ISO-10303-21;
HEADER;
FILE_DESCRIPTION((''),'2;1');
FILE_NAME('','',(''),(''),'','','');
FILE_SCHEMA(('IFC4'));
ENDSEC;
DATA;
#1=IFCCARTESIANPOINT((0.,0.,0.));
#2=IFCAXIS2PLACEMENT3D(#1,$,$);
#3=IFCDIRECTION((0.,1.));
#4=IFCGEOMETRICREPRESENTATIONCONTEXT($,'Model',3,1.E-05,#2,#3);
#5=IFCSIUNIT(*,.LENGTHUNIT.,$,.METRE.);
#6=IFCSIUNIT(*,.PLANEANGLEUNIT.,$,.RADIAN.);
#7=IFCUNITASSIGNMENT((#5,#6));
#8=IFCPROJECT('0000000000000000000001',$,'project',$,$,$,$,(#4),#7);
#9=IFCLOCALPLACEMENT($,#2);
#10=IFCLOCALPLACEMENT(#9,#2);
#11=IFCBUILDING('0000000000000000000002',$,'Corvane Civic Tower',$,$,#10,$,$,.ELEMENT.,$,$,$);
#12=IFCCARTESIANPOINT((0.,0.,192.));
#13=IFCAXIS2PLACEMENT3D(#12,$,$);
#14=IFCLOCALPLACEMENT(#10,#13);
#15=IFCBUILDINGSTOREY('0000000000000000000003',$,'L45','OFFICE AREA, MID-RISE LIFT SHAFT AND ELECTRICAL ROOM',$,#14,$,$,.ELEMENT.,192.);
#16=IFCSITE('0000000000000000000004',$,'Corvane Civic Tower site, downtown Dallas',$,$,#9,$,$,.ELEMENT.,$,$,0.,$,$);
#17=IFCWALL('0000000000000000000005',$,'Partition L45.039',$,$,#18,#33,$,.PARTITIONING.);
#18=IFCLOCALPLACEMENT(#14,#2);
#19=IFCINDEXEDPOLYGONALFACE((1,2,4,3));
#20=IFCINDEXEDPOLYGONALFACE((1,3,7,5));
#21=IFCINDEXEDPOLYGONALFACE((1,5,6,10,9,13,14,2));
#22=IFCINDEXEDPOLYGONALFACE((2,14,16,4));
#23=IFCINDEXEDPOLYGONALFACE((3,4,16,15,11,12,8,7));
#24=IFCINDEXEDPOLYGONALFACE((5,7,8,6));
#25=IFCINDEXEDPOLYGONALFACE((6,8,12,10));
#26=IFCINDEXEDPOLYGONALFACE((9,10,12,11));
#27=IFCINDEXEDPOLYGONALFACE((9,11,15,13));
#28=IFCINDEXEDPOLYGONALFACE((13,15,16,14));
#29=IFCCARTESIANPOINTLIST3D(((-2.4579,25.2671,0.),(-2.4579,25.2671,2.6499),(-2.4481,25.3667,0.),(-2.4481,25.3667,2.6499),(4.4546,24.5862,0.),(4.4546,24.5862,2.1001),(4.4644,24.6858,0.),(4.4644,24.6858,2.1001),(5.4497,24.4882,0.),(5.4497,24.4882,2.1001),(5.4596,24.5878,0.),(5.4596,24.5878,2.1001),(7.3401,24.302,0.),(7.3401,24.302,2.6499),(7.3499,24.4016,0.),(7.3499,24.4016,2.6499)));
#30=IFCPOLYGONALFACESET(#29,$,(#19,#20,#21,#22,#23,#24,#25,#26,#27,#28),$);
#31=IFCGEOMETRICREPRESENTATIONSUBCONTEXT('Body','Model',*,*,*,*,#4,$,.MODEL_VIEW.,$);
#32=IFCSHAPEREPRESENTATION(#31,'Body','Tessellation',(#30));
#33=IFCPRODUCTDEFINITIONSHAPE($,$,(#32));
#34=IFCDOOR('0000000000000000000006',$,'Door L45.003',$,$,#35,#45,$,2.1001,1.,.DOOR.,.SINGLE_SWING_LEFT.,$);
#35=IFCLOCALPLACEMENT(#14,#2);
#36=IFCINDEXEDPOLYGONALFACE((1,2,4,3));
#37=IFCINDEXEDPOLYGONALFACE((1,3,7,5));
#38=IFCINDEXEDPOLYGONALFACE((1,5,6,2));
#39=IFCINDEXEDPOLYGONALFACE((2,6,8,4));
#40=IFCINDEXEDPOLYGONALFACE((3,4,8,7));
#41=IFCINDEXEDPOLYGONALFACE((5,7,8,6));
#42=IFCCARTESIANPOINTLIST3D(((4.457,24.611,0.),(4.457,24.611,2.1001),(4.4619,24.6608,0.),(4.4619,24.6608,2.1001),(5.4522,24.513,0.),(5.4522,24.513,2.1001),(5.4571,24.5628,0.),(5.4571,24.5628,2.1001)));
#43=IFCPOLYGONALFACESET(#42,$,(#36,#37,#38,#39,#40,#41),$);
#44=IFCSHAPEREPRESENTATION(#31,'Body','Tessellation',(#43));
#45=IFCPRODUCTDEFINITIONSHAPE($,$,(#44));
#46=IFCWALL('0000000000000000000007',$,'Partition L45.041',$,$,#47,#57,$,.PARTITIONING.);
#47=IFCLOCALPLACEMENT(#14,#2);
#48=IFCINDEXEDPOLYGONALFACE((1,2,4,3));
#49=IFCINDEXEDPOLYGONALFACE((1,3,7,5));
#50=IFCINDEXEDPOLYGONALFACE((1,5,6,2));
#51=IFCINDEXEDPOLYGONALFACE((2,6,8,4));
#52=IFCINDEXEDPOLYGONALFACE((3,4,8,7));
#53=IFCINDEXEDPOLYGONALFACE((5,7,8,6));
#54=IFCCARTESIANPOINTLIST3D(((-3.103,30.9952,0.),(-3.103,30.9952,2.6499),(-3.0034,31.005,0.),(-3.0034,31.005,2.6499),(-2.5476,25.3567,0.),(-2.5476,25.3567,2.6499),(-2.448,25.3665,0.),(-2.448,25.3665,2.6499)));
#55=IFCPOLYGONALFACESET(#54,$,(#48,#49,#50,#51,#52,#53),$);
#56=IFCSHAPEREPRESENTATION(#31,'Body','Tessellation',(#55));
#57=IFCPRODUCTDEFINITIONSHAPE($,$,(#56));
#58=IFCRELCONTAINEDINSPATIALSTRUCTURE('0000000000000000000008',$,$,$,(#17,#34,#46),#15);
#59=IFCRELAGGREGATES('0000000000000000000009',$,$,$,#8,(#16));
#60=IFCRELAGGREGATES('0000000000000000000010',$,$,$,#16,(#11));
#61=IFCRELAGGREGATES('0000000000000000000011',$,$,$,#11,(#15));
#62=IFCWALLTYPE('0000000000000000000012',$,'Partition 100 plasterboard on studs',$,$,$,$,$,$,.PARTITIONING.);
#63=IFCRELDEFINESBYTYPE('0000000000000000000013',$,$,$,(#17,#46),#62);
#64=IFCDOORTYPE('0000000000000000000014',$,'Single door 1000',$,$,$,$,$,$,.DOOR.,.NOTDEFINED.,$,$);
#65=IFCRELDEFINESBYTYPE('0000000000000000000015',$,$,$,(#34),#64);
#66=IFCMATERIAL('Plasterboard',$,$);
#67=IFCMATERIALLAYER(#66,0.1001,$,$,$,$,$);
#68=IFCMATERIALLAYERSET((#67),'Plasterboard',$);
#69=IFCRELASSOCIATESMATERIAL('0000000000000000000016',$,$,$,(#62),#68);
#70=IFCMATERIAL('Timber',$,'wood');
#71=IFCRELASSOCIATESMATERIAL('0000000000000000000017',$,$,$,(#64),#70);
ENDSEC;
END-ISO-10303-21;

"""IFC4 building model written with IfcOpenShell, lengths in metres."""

from ifc_helpers import new_model, si_unit, direction, frame, frame_2d, origin, place, context, subcontext, project, spatial, rectangle, extrude, material, layer, layer_set, type_object, element, fill, save


model = new_model("IFC4")

# Units and contexts
model_context = context("Model", 3, precision=1e-05, world=origin(), true_north=direction((0.0, 1.0)))
body_context = subcontext(model_context, "Body", "Model", "MODEL_VIEW")
ifc_project = project(units=[si_unit("LENGTHUNIT", "METRE"), si_unit("PLANEANGLEUNIT", "RADIAN")], contexts=[model_context])

# Site, building, storey
site_placement = place(None, origin())
site = spatial("IfcSite", under=ifc_project, at=site_placement, Name="Corvane Civic Tower site, downtown Dallas", CompositionType="ELEMENT", RefElevation=0.0)
building_placement = place(site_placement, origin())
building = spatial("IfcBuilding", under=site, at=building_placement, Name="Corvane Civic Tower", CompositionType="ELEMENT")
storey_placement = place(building_placement, frame((0.0, 0.0, 192.0)))
storey = spatial("IfcBuildingStorey", under=building, at=storey_placement, Name="L45", Description="OFFICE AREA, MID-RISE LIFT SHAFT AND ELECTRICAL ROOM", CompositionType="ELEMENT", Elevation=192.0)

# Wall, opening, door
ifc_material_1 = material(Name="Plasterboard")
ifc_layer_1 = layer(ifc_material_1, 0.1001)
ifc_layer_set_1 = layer_set([ifc_layer_1], Name="Plasterboard")
wall_type_1 = type_object("IfcWallType", Name="Partition 100 plasterboard on studs", PredefinedType="PARTITIONING", material=ifc_layer_set_1)
ifc_material_2 = material(Name="Timber", Category="wood")
door_type = type_object("IfcDoorType", Name="Single door 1000", OperationType="NOTDEFINED", PredefinedType="DOOR", material=ifc_material_2)
wall_1_placement = place(storey_placement, frame((-2.4531, 25.3169, 0.0), z_axis=(0.0, 0.0, 1.0), x_axis=(0.995184, -0.098023, 0.0)))
wall_1 = element("IfcWall", 1, at=wall_1_placement, inside=storey, type_object=wall_type_1, Name="Partition L45.039", PredefinedType="PARTITIONING", context=body_context, shape_type="SweptSolid", body=[
    extrude(rectangle(XDim=9.8455, YDim=0.1001, at=frame_2d((4.9229, 0.0))), origin(), (0.0, 0.0, 1.0), 2.6499),
])
opening_1_placement = place(wall_1_placement, frame((6.946, 0.0, 0.0)))
opening_1 = element("IfcOpeningElement", 2, at=opening_1_placement, cuts=wall_1, PredefinedType="OPENING", context=body_context, shape_type="SweptSolid", body=[
    extrude(rectangle(XDim=1.0, YDim=2.1001, at=frame_2d((0.5, 1.05))), frame((0.0, 0.0601, 0.0), z_axis=(0.0, -1.0, 0.0), x_axis=(1.0, 0.0, 0.0)), (0.0, 0.0, 1.0), 0.1201),
])
door_1_placement = place(opening_1_placement, origin())
door_1 = element("IfcDoor", 3, at=door_1_placement, inside=storey, type_object=door_type, Name="Door L45.003", OperationType="SINGLE_SWING_LEFT", OverallHeight=2.1001, OverallWidth=1.0, PredefinedType="DOOR", context=body_context, shape_type="SweptSolid", body=[
    extrude(rectangle(XDim=1.0, YDim=2.1001, at=frame_2d((0.5, 1.05))), frame((0.0, 0.0249, 0.0), z_axis=(0.0, -1.0, 0.0), x_axis=(1.0, 0.0, 0.0)), (0.0, 0.0, 1.0), 0.05),
])
fill(opening_1, door_1)

# Wall
wall_2_placement = place(storey_placement, frame((-3.0532, 31.0002, 0.0), z_axis=(0.0, 0.0, 1.0), x_axis=(0.098032, -0.995183, 0.0)))
element("IfcWall", 4, at=wall_2_placement, inside=storey, type_object=wall_type_1, Name="Partition L45.041", PredefinedType="PARTITIONING", context=body_context, shape_type="SweptSolid", body=[
    extrude(rectangle(XDim=5.6658, YDim=0.1001, at=frame_2d((2.833, 0.0))), origin(), (0.0, 0.0, 1.0), 2.6499),
])

save(model, "model.ifc")
